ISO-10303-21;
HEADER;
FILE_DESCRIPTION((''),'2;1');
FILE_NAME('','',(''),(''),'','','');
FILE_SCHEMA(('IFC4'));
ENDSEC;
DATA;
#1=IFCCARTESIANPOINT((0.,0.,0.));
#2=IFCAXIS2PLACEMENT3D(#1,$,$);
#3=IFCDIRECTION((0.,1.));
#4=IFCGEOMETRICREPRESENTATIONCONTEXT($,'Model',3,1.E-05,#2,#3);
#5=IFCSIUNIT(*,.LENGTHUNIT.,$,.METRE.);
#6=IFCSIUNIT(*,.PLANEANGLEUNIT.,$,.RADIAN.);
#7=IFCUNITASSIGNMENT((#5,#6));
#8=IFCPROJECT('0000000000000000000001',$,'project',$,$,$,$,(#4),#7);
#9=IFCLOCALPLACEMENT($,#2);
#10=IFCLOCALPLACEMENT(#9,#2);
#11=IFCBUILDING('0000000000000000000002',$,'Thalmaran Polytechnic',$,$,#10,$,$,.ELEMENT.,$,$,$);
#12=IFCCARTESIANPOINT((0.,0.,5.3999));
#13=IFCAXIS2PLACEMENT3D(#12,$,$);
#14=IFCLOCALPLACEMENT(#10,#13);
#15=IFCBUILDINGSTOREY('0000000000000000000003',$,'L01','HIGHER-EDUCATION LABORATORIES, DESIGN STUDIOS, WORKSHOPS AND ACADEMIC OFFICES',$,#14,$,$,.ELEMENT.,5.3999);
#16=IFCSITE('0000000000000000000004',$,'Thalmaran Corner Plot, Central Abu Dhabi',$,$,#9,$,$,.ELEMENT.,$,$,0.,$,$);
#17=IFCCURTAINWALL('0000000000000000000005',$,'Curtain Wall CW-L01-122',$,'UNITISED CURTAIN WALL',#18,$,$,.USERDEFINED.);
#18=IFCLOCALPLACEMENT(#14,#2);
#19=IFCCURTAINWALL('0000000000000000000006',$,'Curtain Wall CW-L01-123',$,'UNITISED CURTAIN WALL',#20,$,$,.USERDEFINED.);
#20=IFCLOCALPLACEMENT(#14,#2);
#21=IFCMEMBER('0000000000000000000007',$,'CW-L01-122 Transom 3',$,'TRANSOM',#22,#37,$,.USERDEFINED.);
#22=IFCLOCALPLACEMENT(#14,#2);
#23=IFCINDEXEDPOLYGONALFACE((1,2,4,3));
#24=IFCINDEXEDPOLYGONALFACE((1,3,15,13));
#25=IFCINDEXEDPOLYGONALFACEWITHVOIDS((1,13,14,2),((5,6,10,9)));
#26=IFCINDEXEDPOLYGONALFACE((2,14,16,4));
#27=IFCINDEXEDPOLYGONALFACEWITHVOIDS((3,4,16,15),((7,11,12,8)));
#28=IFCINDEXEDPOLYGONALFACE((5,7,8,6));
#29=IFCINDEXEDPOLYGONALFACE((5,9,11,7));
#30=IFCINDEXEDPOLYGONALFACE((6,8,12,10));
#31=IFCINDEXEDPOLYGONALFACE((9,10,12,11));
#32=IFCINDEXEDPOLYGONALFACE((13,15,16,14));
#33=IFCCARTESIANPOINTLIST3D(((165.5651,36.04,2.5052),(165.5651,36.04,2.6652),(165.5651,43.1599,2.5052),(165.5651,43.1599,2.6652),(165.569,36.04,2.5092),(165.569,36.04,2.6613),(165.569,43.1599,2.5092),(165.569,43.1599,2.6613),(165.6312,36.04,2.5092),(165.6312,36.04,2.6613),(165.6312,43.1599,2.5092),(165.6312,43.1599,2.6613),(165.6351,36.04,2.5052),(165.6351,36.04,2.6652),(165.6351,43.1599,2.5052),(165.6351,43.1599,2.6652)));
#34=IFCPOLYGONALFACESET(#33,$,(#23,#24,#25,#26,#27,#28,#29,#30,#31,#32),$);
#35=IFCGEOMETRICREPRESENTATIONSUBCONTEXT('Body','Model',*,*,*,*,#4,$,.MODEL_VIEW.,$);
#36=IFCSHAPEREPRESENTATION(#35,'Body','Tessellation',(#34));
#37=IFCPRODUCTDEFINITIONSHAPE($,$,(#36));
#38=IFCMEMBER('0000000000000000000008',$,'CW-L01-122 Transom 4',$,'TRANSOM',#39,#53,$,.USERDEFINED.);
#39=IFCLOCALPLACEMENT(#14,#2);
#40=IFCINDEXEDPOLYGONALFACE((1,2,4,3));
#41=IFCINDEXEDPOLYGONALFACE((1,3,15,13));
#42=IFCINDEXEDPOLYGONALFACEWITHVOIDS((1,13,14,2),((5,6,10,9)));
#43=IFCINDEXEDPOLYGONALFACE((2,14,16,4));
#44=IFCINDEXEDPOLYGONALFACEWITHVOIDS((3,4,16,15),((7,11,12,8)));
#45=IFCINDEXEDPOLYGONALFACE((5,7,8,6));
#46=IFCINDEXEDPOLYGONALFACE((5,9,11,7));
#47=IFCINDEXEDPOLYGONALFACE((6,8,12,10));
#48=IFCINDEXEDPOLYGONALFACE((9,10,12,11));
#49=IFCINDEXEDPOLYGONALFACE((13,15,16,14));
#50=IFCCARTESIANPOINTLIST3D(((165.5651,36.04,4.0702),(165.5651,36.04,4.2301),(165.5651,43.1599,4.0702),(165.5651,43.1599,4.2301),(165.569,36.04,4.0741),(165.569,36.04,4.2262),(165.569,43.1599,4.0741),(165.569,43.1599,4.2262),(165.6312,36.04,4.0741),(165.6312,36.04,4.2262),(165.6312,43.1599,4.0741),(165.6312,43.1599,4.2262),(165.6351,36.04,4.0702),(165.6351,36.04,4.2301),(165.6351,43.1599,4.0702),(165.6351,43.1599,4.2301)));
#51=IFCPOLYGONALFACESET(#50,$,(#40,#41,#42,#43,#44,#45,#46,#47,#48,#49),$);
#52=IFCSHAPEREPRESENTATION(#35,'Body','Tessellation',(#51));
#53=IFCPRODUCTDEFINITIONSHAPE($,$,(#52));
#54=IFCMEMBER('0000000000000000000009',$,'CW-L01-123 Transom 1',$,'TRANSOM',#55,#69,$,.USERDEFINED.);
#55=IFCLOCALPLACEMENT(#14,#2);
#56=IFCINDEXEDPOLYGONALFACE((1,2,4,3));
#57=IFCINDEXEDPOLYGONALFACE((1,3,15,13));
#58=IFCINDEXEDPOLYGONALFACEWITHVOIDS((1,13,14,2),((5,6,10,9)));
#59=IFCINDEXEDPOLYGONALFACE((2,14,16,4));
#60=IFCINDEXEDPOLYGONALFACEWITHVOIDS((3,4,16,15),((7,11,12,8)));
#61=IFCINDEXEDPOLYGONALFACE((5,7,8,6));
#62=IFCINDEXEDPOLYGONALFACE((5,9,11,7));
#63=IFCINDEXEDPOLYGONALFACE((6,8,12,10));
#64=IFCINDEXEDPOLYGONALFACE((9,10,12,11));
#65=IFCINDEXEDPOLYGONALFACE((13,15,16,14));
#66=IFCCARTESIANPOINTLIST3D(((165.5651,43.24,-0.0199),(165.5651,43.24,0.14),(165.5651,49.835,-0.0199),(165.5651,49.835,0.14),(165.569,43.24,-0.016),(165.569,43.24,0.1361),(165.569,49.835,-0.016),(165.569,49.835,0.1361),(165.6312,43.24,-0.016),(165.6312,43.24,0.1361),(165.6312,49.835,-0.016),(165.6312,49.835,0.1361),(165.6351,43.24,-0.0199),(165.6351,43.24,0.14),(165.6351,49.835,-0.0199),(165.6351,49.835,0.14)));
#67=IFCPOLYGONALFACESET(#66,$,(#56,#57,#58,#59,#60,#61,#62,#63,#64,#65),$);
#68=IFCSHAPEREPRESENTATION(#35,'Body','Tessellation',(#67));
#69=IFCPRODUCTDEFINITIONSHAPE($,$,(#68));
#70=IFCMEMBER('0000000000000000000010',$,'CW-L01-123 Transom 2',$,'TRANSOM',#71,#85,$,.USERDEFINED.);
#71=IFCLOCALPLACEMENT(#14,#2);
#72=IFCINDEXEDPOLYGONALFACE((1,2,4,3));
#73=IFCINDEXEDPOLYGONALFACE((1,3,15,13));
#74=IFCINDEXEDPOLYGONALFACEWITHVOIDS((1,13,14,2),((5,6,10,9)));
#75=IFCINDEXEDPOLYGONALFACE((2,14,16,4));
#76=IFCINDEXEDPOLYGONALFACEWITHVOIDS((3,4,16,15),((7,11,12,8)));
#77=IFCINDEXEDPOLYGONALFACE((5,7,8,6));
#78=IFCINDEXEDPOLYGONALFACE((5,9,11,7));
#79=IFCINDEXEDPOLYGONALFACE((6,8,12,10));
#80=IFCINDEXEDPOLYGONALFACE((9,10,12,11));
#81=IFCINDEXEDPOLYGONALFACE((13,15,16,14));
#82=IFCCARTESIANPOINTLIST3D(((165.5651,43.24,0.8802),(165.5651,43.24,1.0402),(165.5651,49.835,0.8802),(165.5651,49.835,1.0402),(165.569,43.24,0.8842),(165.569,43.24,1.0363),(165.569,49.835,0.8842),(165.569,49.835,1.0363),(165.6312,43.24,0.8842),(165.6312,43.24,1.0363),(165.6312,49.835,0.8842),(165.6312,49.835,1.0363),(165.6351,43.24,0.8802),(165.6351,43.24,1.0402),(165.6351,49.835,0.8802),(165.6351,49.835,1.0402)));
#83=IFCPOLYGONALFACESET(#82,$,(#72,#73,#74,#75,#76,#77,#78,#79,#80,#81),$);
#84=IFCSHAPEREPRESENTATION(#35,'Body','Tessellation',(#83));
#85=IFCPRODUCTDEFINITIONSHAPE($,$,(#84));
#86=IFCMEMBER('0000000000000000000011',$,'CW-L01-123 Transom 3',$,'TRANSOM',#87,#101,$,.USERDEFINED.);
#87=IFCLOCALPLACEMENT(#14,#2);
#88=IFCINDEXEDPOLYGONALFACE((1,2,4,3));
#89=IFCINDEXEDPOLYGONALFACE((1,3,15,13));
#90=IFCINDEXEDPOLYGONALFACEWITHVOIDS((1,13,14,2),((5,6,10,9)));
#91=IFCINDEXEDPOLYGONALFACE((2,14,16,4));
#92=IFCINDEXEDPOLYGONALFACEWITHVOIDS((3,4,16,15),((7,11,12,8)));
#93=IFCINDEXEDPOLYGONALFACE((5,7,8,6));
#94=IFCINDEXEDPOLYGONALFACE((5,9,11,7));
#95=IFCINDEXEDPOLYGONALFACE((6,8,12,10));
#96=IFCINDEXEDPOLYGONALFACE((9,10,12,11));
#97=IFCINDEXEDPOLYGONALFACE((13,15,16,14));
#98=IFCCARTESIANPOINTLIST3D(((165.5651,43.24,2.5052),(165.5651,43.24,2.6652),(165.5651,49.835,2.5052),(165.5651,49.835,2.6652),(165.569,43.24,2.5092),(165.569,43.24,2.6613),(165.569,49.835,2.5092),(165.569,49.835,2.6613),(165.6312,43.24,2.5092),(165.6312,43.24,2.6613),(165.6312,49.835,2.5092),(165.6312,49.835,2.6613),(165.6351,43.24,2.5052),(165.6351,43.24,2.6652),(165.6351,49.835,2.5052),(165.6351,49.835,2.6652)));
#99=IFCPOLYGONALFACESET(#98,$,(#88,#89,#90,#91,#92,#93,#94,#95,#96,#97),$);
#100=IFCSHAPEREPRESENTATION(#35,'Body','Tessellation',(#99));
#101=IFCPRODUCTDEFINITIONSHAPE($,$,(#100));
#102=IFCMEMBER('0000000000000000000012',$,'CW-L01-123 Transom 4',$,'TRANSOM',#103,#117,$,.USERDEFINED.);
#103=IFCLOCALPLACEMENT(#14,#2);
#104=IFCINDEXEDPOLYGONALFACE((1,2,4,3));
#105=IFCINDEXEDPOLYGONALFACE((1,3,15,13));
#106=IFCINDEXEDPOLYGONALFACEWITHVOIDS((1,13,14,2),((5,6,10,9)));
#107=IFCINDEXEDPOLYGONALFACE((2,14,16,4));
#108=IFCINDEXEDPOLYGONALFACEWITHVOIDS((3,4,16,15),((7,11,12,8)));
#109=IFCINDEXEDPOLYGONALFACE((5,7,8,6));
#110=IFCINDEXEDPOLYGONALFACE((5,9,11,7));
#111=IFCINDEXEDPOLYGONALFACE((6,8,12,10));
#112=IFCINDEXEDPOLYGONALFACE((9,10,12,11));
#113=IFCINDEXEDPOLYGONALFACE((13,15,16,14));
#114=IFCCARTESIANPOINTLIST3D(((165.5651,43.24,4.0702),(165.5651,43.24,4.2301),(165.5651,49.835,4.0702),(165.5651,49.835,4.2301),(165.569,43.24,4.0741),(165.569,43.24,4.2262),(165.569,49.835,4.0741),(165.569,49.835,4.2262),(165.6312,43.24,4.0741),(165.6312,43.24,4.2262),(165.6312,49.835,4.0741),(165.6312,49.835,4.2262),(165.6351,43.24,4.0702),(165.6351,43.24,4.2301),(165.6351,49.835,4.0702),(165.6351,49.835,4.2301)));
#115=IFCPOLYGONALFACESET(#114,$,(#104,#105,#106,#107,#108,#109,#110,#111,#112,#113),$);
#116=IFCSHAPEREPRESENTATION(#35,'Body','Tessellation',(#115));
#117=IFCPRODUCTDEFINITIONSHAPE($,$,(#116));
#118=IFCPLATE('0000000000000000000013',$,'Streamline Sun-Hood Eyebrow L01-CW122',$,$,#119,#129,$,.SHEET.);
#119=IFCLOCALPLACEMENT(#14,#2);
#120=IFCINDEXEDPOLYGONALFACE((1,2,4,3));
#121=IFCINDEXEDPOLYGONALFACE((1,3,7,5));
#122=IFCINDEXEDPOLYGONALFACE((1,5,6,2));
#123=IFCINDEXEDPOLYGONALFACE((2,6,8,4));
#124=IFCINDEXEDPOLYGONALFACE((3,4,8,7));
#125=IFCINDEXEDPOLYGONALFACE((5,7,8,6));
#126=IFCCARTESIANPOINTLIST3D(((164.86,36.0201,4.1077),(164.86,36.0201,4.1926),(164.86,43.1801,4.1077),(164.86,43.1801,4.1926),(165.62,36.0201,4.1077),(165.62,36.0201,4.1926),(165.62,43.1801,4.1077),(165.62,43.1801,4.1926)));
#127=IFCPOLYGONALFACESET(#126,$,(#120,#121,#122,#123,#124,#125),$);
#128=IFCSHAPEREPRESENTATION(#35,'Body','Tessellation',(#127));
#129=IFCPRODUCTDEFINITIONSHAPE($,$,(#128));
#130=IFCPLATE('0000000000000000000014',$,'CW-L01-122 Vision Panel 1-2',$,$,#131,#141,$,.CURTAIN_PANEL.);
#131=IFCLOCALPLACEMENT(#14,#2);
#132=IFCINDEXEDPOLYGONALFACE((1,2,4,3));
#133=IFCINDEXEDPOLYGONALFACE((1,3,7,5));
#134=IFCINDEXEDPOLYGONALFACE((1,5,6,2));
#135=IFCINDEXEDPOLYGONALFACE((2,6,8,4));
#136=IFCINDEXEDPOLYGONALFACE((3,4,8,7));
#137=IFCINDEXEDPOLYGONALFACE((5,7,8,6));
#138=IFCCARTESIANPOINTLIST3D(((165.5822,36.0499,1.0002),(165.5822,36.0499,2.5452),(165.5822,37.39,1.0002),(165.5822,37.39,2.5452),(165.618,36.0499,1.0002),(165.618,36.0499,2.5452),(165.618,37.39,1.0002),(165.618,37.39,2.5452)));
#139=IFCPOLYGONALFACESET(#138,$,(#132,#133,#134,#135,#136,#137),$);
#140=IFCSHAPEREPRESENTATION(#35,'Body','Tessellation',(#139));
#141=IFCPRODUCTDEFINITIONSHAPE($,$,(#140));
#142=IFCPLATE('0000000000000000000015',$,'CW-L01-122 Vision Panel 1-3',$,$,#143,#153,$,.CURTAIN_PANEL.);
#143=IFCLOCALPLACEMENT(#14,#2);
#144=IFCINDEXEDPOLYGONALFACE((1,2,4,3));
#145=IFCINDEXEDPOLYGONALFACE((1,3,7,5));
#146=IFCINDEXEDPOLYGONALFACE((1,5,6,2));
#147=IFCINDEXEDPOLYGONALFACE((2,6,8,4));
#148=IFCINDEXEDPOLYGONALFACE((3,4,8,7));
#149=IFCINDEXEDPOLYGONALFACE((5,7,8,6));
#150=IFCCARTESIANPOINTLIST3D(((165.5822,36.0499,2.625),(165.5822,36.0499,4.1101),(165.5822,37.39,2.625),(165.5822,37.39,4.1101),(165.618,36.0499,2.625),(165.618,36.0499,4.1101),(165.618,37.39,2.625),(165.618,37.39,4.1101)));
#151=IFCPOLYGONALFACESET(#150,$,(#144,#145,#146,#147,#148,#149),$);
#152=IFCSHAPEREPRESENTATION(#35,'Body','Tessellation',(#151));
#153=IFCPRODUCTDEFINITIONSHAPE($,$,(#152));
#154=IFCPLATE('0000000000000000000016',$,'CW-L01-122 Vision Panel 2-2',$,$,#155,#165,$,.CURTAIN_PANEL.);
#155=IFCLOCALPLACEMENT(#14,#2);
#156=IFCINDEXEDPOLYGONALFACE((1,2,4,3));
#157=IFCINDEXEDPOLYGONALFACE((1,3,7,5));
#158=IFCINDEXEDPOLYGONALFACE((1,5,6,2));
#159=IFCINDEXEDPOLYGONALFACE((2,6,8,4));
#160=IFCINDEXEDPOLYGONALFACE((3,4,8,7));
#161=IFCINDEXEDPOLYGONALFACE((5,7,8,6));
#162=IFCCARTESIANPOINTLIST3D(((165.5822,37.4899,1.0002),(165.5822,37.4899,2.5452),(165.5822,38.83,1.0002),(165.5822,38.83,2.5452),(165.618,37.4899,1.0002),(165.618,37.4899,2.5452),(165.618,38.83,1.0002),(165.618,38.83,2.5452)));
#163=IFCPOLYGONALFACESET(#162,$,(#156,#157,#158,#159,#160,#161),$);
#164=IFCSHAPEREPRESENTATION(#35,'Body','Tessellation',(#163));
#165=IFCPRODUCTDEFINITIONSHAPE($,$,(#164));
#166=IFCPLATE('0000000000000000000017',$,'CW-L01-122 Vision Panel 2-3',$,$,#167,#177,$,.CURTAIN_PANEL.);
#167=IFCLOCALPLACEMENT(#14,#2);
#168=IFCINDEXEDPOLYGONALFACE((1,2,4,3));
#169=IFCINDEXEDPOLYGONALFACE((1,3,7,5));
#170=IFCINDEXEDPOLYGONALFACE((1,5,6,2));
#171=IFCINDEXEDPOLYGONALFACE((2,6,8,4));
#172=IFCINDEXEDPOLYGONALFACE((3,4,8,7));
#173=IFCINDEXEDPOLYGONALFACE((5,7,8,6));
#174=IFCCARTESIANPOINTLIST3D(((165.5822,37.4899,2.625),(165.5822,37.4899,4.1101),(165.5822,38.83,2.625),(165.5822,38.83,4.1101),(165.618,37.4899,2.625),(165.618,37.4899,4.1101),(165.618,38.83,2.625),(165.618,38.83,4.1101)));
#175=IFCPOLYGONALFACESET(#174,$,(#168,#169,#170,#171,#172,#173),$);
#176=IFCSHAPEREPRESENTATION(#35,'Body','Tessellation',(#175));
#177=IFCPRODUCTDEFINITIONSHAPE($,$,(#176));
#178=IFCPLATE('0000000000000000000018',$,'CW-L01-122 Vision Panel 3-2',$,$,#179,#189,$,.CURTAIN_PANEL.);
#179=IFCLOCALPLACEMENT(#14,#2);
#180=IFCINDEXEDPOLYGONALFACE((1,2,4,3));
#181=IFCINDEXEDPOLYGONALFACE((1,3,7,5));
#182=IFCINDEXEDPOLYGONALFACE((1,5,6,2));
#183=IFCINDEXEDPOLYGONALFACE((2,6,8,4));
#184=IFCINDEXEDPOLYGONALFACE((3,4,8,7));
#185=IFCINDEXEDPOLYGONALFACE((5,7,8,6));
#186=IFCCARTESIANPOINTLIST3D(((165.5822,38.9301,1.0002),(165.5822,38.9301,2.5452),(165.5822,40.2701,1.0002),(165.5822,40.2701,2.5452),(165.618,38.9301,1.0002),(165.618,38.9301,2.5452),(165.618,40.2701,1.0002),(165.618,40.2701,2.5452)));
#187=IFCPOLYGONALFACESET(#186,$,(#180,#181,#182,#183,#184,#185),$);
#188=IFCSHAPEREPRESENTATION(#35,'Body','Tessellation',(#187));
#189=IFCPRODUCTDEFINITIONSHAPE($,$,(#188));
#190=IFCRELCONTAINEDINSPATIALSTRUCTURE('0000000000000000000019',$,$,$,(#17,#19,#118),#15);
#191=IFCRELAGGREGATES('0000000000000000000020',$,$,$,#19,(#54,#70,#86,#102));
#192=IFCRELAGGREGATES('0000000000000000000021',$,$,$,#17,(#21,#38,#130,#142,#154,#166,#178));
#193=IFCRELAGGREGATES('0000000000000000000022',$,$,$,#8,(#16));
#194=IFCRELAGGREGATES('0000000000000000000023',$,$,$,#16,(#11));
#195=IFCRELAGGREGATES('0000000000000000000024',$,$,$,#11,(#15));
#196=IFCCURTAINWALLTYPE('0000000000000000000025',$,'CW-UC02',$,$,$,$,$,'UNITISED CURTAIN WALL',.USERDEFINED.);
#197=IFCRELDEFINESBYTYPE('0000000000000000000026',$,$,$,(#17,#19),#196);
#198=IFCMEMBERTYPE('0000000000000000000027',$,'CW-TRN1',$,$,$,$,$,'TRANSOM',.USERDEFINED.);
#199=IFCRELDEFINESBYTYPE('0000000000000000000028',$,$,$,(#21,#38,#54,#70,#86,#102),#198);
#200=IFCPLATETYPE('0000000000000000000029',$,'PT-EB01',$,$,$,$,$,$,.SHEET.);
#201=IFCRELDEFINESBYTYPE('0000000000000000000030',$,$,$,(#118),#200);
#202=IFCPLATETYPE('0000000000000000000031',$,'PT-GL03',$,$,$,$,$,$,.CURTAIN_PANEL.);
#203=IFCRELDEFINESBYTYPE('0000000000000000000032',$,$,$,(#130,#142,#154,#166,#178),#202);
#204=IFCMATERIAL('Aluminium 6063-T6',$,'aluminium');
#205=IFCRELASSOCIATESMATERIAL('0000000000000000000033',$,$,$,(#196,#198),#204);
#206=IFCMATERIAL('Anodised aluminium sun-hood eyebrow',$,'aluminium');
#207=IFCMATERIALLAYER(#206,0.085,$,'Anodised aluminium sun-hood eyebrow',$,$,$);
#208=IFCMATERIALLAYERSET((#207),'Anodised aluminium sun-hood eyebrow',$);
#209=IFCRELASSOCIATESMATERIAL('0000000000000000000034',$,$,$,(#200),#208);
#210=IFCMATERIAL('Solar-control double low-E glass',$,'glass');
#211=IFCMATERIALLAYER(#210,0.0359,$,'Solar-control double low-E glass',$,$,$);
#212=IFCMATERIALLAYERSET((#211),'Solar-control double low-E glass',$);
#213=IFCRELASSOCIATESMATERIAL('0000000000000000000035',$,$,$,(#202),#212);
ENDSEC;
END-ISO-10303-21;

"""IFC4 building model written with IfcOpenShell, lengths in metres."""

from ifc_helpers import new_model, si_unit, direction, frame, origin, origin_2d, place, context, subcontext, project, spatial, rectangle, hollow_rectangle, extrude, material, layer, layer_set, material_profile, profile_set, type_object, element, aggregate, save


model = new_model("IFC4")

# Units and contexts
model_context = context("Model", 3, precision=1e-05, world=origin(), true_north=direction((0.0, 1.0)))
body_context = subcontext(model_context, "Body", "Model", "MODEL_VIEW")
ifc_project = project(units=[si_unit("LENGTHUNIT", "METRE"), si_unit("PLANEANGLEUNIT", "RADIAN")], contexts=[model_context])

# Site, building, storey
site_placement = place(None, origin())
site = spatial("IfcSite", under=ifc_project, at=site_placement, Name="Thalmaran Corner Plot, Central Abu Dhabi", CompositionType="ELEMENT", RefElevation=0.0)
building_placement = place(site_placement, origin())
building = spatial("IfcBuilding", under=site, at=building_placement, Name="Thalmaran Polytechnic", CompositionType="ELEMENT")
storey_placement = place(building_placement, frame((0.0, 0.0, 5.3999)))
storey = spatial("IfcBuildingStorey", under=building, at=storey_placement, Name="L01", Description="HIGHER-EDUCATION LABORATORIES, DESIGN STUDIOS, WORKSHOPS AND ACADEMIC OFFICES", CompositionType="ELEMENT", Elevation=5.3999)

# Curtain wall
ifc_material_1 = material(Name="Aluminium 6063-T6", Category="aluminium")
curtain_wall_type = type_object("IfcCurtainWallType", Name="CW-UC02", ElementType="UNITISED CURTAIN WALL", PredefinedType="USERDEFINED", material=ifc_material_1)
curtain_wall_1_placement = place(storey_placement, origin())
curtain_wall_1 = element("IfcCurtainWall", 1, at=curtain_wall_1_placement, inside=storey, type_object=curtain_wall_type, Name="Curtain Wall CW-L01-122", ObjectType="UNITISED CURTAIN WALL", PredefinedType="USERDEFINED")

# Curtain wall
curtain_wall_2_placement = place(storey_placement, origin())
curtain_wall_2 = element("IfcCurtainWall", 2, at=curtain_wall_2_placement, inside=storey, type_object=curtain_wall_type, Name="Curtain Wall CW-L01-123", ObjectType="UNITISED CURTAIN WALL", PredefinedType="USERDEFINED")

# Members
ifc_material_profile_1 = material_profile(ifc_material_1, hollow_rectangle(XDim=0.0701, YDim=0.1599, WallThickness=0.0039, at=origin_2d()), Name="AL 160x70x4.0")
ifc_profile_set_1 = profile_set([ifc_material_profile_1], Name="Aluminium 6063-T6")
member_type_1 = type_object("IfcMemberType", Name="CW-TRN1", ElementType="TRANSOM", PredefinedType="USERDEFINED", material=ifc_profile_set_1)
member_1_placement = place(storey_placement, frame((165.6001, 36.04, 2.5852), z_axis=(0.0, 1.0, 0.0), x_axis=(-1.0, 0.0, 0.0)))
member_1 = element("IfcMember", 3, at=member_1_placement, type_object=member_type_1, Name="CW-L01-122 Transom 3", ObjectType="TRANSOM", PredefinedType="USERDEFINED", context=body_context, shape_type="SweptSolid", body=[
    extrude(hollow_rectangle(XDim=0.0701, YDim=0.1599, WallThickness=0.0039, at=origin_2d()), origin(), (0.0, 0.0, 1.0), 7.1199),
])
member_2_placement = place(storey_placement, frame((165.6001, 36.04, 4.1501), z_axis=(0.0, 1.0, 0.0), x_axis=(-1.0, 0.0, 0.0)))
member_2 = element("IfcMember", 4, at=member_2_placement, type_object=member_type_1, Name="CW-L01-122 Transom 4", ObjectType="TRANSOM", PredefinedType="USERDEFINED", context=body_context, shape_type="SweptSolid", body=[
    extrude(hollow_rectangle(XDim=0.0701, YDim=0.1599, WallThickness=0.0039, at=origin_2d()), origin(), (0.0, 0.0, 1.0), 7.1199),
])
member_3_placement = place(storey_placement, frame((165.6001, 43.24, 0.0601), z_axis=(0.0, 1.0, 0.0), x_axis=(-1.0, 0.0, 0.0)))
member_3 = element("IfcMember", 5, at=member_3_placement, type_object=member_type_1, Name="CW-L01-123 Transom 1", ObjectType="TRANSOM", PredefinedType="USERDEFINED", context=body_context, shape_type="SweptSolid", body=[
    extrude(hollow_rectangle(XDim=0.0701, YDim=0.1599, WallThickness=0.0039, at=origin_2d()), origin(), (0.0, 0.0, 1.0), 6.595),
])
member_4_placement = place(storey_placement, frame((165.6001, 43.24, 0.9602), z_axis=(0.0, 1.0, 0.0), x_axis=(-1.0, 0.0, 0.0)))
member_4 = element("IfcMember", 6, at=member_4_placement, type_object=member_type_1, Name="CW-L01-123 Transom 2", ObjectType="TRANSOM", PredefinedType="USERDEFINED", context=body_context, shape_type="SweptSolid", body=[
    extrude(hollow_rectangle(XDim=0.0701, YDim=0.1599, WallThickness=0.0039, at=origin_2d()), origin(), (0.0, 0.0, 1.0), 6.595),
])
member_5_placement = place(storey_placement, frame((165.6001, 43.24, 2.5852), z_axis=(0.0, 1.0, 0.0), x_axis=(-1.0, 0.0, 0.0)))
member_5 = element("IfcMember", 7, at=member_5_placement, type_object=member_type_1, Name="CW-L01-123 Transom 3", ObjectType="TRANSOM", PredefinedType="USERDEFINED", context=body_context, shape_type="SweptSolid", body=[
    extrude(hollow_rectangle(XDim=0.0701, YDim=0.1599, WallThickness=0.0039, at=origin_2d()), origin(), (0.0, 0.0, 1.0), 6.595),
])
member_6_placement = place(storey_placement, frame((165.6001, 43.24, 4.1501), z_axis=(0.0, 1.0, 0.0), x_axis=(-1.0, 0.0, 0.0)))
member_6 = element("IfcMember", 8, at=member_6_placement, type_object=member_type_1, Name="CW-L01-123 Transom 4", ObjectType="TRANSOM", PredefinedType="USERDEFINED", context=body_context, shape_type="SweptSolid", body=[
    extrude(hollow_rectangle(XDim=0.0701, YDim=0.1599, WallThickness=0.0039, at=origin_2d()), origin(), (0.0, 0.0, 1.0), 6.595),
])
aggregate(curtain_wall_2, [member_3, member_4, member_5, member_6])

# Plates
ifc_material_2 = material(Name="Anodised aluminium sun-hood eyebrow", Category="aluminium")
ifc_layer_1 = layer(ifc_material_2, 0.085, Name="Anodised aluminium sun-hood eyebrow")
ifc_layer_set_1 = layer_set([ifc_layer_1], Name="Anodised aluminium sun-hood eyebrow")
plate_type_1 = type_object("IfcPlateType", Name="PT-EB01", PredefinedType="SHEET", material=ifc_layer_set_1)
plate_1_placement = place(storey_placement, frame((165.24, 39.6001, 4.1077), z_axis=(0.0, 0.0, 1.0), x_axis=(0.0, 1.0, 0.0)))
element("IfcPlate", 9, at=plate_1_placement, inside=storey, type_object=plate_type_1, Name="Streamline Sun-Hood Eyebrow L01-CW122", PredefinedType="SHEET", context=body_context, shape_type="SweptSolid", body=[
    extrude(rectangle(XDim=7.1599, YDim=0.76, at=origin_2d()), origin(), (0.0, 0.0, 1.0), 0.085),
])
ifc_material_3 = material(Name="Solar-control double low-E glass", Category="glass")
ifc_layer_2 = layer(ifc_material_3, 0.0359, Name="Solar-control double low-E glass")
ifc_layer_set_2 = layer_set([ifc_layer_2], Name="Solar-control double low-E glass")
plate_type_2 = type_object("IfcPlateType", Name="PT-GL03", PredefinedType="CURTAIN_PANEL", material=ifc_layer_set_2)
plate_2_placement = place(storey_placement, frame((165.6001, 36.72, 1.0002), z_axis=(0.0, 0.0, 1.0), x_axis=(0.0, 1.0, 0.0)))
plate_2 = element("IfcPlate", 10, at=plate_2_placement, type_object=plate_type_2, Name="CW-L01-122 Vision Panel 1-2", PredefinedType="CURTAIN_PANEL", context=body_context, shape_type="SweptSolid", body=[
    extrude(rectangle(XDim=1.3401, YDim=0.0359, at=origin_2d()), origin(), (0.0, 0.0, 1.0), 1.5449),
])
plate_3_placement = place(storey_placement, frame((165.6001, 36.72, 2.625), z_axis=(0.0, 0.0, 1.0), x_axis=(0.0, 1.0, 0.0)))
plate_3 = element("IfcPlate", 11, at=plate_3_placement, type_object=plate_type_2, Name="CW-L01-122 Vision Panel 1-3", PredefinedType="CURTAIN_PANEL", context=body_context, shape_type="SweptSolid", body=[
    extrude(rectangle(XDim=1.3401, YDim=0.0359, at=origin_2d()), origin(), (0.0, 0.0, 1.0), 1.4851),
])
plate_4_placement = place(storey_placement, frame((165.6001, 38.1599, 1.0002), z_axis=(0.0, 0.0, 1.0), x_axis=(0.0, 1.0, 0.0)))
plate_4 = element("IfcPlate", 12, at=plate_4_placement, type_object=plate_type_2, Name="CW-L01-122 Vision Panel 2-2", PredefinedType="CURTAIN_PANEL", context=body_context, shape_type="SweptSolid", body=[
    extrude(rectangle(XDim=1.3401, YDim=0.0359, at=origin_2d()), origin(), (0.0, 0.0, 1.0), 1.5449),
])
plate_5_placement = place(storey_placement, frame((165.6001, 38.1599, 2.625), z_axis=(0.0, 0.0, 1.0), x_axis=(0.0, 1.0, 0.0)))
plate_5 = element("IfcPlate", 13, at=plate_5_placement, type_object=plate_type_2, Name="CW-L01-122 Vision Panel 2-3", PredefinedType="CURTAIN_PANEL", context=body_context, shape_type="SweptSolid", body=[
    extrude(rectangle(XDim=1.3401, YDim=0.0359, at=origin_2d()), origin(), (0.0, 0.0, 1.0), 1.4851),
])
plate_6_placement = place(storey_placement, frame((165.6001, 39.6001, 1.0002), z_axis=(0.0, 0.0, 1.0), x_axis=(0.0, 1.0, 0.0)))
plate_6 = element("IfcPlate", 14, at=plate_6_placement, type_object=plate_type_2, Name="CW-L01-122 Vision Panel 3-2", PredefinedType="CURTAIN_PANEL", context=body_context, shape_type="SweptSolid", body=[
    extrude(rectangle(XDim=1.3401, YDim=0.0359, at=origin_2d()), origin(), (0.0, 0.0, 1.0), 1.5449),
])
aggregate(curtain_wall_1, [member_1, member_2, plate_2, plate_3, plate_4, plate_5, plate_6])

save(model, "model.ifc")
